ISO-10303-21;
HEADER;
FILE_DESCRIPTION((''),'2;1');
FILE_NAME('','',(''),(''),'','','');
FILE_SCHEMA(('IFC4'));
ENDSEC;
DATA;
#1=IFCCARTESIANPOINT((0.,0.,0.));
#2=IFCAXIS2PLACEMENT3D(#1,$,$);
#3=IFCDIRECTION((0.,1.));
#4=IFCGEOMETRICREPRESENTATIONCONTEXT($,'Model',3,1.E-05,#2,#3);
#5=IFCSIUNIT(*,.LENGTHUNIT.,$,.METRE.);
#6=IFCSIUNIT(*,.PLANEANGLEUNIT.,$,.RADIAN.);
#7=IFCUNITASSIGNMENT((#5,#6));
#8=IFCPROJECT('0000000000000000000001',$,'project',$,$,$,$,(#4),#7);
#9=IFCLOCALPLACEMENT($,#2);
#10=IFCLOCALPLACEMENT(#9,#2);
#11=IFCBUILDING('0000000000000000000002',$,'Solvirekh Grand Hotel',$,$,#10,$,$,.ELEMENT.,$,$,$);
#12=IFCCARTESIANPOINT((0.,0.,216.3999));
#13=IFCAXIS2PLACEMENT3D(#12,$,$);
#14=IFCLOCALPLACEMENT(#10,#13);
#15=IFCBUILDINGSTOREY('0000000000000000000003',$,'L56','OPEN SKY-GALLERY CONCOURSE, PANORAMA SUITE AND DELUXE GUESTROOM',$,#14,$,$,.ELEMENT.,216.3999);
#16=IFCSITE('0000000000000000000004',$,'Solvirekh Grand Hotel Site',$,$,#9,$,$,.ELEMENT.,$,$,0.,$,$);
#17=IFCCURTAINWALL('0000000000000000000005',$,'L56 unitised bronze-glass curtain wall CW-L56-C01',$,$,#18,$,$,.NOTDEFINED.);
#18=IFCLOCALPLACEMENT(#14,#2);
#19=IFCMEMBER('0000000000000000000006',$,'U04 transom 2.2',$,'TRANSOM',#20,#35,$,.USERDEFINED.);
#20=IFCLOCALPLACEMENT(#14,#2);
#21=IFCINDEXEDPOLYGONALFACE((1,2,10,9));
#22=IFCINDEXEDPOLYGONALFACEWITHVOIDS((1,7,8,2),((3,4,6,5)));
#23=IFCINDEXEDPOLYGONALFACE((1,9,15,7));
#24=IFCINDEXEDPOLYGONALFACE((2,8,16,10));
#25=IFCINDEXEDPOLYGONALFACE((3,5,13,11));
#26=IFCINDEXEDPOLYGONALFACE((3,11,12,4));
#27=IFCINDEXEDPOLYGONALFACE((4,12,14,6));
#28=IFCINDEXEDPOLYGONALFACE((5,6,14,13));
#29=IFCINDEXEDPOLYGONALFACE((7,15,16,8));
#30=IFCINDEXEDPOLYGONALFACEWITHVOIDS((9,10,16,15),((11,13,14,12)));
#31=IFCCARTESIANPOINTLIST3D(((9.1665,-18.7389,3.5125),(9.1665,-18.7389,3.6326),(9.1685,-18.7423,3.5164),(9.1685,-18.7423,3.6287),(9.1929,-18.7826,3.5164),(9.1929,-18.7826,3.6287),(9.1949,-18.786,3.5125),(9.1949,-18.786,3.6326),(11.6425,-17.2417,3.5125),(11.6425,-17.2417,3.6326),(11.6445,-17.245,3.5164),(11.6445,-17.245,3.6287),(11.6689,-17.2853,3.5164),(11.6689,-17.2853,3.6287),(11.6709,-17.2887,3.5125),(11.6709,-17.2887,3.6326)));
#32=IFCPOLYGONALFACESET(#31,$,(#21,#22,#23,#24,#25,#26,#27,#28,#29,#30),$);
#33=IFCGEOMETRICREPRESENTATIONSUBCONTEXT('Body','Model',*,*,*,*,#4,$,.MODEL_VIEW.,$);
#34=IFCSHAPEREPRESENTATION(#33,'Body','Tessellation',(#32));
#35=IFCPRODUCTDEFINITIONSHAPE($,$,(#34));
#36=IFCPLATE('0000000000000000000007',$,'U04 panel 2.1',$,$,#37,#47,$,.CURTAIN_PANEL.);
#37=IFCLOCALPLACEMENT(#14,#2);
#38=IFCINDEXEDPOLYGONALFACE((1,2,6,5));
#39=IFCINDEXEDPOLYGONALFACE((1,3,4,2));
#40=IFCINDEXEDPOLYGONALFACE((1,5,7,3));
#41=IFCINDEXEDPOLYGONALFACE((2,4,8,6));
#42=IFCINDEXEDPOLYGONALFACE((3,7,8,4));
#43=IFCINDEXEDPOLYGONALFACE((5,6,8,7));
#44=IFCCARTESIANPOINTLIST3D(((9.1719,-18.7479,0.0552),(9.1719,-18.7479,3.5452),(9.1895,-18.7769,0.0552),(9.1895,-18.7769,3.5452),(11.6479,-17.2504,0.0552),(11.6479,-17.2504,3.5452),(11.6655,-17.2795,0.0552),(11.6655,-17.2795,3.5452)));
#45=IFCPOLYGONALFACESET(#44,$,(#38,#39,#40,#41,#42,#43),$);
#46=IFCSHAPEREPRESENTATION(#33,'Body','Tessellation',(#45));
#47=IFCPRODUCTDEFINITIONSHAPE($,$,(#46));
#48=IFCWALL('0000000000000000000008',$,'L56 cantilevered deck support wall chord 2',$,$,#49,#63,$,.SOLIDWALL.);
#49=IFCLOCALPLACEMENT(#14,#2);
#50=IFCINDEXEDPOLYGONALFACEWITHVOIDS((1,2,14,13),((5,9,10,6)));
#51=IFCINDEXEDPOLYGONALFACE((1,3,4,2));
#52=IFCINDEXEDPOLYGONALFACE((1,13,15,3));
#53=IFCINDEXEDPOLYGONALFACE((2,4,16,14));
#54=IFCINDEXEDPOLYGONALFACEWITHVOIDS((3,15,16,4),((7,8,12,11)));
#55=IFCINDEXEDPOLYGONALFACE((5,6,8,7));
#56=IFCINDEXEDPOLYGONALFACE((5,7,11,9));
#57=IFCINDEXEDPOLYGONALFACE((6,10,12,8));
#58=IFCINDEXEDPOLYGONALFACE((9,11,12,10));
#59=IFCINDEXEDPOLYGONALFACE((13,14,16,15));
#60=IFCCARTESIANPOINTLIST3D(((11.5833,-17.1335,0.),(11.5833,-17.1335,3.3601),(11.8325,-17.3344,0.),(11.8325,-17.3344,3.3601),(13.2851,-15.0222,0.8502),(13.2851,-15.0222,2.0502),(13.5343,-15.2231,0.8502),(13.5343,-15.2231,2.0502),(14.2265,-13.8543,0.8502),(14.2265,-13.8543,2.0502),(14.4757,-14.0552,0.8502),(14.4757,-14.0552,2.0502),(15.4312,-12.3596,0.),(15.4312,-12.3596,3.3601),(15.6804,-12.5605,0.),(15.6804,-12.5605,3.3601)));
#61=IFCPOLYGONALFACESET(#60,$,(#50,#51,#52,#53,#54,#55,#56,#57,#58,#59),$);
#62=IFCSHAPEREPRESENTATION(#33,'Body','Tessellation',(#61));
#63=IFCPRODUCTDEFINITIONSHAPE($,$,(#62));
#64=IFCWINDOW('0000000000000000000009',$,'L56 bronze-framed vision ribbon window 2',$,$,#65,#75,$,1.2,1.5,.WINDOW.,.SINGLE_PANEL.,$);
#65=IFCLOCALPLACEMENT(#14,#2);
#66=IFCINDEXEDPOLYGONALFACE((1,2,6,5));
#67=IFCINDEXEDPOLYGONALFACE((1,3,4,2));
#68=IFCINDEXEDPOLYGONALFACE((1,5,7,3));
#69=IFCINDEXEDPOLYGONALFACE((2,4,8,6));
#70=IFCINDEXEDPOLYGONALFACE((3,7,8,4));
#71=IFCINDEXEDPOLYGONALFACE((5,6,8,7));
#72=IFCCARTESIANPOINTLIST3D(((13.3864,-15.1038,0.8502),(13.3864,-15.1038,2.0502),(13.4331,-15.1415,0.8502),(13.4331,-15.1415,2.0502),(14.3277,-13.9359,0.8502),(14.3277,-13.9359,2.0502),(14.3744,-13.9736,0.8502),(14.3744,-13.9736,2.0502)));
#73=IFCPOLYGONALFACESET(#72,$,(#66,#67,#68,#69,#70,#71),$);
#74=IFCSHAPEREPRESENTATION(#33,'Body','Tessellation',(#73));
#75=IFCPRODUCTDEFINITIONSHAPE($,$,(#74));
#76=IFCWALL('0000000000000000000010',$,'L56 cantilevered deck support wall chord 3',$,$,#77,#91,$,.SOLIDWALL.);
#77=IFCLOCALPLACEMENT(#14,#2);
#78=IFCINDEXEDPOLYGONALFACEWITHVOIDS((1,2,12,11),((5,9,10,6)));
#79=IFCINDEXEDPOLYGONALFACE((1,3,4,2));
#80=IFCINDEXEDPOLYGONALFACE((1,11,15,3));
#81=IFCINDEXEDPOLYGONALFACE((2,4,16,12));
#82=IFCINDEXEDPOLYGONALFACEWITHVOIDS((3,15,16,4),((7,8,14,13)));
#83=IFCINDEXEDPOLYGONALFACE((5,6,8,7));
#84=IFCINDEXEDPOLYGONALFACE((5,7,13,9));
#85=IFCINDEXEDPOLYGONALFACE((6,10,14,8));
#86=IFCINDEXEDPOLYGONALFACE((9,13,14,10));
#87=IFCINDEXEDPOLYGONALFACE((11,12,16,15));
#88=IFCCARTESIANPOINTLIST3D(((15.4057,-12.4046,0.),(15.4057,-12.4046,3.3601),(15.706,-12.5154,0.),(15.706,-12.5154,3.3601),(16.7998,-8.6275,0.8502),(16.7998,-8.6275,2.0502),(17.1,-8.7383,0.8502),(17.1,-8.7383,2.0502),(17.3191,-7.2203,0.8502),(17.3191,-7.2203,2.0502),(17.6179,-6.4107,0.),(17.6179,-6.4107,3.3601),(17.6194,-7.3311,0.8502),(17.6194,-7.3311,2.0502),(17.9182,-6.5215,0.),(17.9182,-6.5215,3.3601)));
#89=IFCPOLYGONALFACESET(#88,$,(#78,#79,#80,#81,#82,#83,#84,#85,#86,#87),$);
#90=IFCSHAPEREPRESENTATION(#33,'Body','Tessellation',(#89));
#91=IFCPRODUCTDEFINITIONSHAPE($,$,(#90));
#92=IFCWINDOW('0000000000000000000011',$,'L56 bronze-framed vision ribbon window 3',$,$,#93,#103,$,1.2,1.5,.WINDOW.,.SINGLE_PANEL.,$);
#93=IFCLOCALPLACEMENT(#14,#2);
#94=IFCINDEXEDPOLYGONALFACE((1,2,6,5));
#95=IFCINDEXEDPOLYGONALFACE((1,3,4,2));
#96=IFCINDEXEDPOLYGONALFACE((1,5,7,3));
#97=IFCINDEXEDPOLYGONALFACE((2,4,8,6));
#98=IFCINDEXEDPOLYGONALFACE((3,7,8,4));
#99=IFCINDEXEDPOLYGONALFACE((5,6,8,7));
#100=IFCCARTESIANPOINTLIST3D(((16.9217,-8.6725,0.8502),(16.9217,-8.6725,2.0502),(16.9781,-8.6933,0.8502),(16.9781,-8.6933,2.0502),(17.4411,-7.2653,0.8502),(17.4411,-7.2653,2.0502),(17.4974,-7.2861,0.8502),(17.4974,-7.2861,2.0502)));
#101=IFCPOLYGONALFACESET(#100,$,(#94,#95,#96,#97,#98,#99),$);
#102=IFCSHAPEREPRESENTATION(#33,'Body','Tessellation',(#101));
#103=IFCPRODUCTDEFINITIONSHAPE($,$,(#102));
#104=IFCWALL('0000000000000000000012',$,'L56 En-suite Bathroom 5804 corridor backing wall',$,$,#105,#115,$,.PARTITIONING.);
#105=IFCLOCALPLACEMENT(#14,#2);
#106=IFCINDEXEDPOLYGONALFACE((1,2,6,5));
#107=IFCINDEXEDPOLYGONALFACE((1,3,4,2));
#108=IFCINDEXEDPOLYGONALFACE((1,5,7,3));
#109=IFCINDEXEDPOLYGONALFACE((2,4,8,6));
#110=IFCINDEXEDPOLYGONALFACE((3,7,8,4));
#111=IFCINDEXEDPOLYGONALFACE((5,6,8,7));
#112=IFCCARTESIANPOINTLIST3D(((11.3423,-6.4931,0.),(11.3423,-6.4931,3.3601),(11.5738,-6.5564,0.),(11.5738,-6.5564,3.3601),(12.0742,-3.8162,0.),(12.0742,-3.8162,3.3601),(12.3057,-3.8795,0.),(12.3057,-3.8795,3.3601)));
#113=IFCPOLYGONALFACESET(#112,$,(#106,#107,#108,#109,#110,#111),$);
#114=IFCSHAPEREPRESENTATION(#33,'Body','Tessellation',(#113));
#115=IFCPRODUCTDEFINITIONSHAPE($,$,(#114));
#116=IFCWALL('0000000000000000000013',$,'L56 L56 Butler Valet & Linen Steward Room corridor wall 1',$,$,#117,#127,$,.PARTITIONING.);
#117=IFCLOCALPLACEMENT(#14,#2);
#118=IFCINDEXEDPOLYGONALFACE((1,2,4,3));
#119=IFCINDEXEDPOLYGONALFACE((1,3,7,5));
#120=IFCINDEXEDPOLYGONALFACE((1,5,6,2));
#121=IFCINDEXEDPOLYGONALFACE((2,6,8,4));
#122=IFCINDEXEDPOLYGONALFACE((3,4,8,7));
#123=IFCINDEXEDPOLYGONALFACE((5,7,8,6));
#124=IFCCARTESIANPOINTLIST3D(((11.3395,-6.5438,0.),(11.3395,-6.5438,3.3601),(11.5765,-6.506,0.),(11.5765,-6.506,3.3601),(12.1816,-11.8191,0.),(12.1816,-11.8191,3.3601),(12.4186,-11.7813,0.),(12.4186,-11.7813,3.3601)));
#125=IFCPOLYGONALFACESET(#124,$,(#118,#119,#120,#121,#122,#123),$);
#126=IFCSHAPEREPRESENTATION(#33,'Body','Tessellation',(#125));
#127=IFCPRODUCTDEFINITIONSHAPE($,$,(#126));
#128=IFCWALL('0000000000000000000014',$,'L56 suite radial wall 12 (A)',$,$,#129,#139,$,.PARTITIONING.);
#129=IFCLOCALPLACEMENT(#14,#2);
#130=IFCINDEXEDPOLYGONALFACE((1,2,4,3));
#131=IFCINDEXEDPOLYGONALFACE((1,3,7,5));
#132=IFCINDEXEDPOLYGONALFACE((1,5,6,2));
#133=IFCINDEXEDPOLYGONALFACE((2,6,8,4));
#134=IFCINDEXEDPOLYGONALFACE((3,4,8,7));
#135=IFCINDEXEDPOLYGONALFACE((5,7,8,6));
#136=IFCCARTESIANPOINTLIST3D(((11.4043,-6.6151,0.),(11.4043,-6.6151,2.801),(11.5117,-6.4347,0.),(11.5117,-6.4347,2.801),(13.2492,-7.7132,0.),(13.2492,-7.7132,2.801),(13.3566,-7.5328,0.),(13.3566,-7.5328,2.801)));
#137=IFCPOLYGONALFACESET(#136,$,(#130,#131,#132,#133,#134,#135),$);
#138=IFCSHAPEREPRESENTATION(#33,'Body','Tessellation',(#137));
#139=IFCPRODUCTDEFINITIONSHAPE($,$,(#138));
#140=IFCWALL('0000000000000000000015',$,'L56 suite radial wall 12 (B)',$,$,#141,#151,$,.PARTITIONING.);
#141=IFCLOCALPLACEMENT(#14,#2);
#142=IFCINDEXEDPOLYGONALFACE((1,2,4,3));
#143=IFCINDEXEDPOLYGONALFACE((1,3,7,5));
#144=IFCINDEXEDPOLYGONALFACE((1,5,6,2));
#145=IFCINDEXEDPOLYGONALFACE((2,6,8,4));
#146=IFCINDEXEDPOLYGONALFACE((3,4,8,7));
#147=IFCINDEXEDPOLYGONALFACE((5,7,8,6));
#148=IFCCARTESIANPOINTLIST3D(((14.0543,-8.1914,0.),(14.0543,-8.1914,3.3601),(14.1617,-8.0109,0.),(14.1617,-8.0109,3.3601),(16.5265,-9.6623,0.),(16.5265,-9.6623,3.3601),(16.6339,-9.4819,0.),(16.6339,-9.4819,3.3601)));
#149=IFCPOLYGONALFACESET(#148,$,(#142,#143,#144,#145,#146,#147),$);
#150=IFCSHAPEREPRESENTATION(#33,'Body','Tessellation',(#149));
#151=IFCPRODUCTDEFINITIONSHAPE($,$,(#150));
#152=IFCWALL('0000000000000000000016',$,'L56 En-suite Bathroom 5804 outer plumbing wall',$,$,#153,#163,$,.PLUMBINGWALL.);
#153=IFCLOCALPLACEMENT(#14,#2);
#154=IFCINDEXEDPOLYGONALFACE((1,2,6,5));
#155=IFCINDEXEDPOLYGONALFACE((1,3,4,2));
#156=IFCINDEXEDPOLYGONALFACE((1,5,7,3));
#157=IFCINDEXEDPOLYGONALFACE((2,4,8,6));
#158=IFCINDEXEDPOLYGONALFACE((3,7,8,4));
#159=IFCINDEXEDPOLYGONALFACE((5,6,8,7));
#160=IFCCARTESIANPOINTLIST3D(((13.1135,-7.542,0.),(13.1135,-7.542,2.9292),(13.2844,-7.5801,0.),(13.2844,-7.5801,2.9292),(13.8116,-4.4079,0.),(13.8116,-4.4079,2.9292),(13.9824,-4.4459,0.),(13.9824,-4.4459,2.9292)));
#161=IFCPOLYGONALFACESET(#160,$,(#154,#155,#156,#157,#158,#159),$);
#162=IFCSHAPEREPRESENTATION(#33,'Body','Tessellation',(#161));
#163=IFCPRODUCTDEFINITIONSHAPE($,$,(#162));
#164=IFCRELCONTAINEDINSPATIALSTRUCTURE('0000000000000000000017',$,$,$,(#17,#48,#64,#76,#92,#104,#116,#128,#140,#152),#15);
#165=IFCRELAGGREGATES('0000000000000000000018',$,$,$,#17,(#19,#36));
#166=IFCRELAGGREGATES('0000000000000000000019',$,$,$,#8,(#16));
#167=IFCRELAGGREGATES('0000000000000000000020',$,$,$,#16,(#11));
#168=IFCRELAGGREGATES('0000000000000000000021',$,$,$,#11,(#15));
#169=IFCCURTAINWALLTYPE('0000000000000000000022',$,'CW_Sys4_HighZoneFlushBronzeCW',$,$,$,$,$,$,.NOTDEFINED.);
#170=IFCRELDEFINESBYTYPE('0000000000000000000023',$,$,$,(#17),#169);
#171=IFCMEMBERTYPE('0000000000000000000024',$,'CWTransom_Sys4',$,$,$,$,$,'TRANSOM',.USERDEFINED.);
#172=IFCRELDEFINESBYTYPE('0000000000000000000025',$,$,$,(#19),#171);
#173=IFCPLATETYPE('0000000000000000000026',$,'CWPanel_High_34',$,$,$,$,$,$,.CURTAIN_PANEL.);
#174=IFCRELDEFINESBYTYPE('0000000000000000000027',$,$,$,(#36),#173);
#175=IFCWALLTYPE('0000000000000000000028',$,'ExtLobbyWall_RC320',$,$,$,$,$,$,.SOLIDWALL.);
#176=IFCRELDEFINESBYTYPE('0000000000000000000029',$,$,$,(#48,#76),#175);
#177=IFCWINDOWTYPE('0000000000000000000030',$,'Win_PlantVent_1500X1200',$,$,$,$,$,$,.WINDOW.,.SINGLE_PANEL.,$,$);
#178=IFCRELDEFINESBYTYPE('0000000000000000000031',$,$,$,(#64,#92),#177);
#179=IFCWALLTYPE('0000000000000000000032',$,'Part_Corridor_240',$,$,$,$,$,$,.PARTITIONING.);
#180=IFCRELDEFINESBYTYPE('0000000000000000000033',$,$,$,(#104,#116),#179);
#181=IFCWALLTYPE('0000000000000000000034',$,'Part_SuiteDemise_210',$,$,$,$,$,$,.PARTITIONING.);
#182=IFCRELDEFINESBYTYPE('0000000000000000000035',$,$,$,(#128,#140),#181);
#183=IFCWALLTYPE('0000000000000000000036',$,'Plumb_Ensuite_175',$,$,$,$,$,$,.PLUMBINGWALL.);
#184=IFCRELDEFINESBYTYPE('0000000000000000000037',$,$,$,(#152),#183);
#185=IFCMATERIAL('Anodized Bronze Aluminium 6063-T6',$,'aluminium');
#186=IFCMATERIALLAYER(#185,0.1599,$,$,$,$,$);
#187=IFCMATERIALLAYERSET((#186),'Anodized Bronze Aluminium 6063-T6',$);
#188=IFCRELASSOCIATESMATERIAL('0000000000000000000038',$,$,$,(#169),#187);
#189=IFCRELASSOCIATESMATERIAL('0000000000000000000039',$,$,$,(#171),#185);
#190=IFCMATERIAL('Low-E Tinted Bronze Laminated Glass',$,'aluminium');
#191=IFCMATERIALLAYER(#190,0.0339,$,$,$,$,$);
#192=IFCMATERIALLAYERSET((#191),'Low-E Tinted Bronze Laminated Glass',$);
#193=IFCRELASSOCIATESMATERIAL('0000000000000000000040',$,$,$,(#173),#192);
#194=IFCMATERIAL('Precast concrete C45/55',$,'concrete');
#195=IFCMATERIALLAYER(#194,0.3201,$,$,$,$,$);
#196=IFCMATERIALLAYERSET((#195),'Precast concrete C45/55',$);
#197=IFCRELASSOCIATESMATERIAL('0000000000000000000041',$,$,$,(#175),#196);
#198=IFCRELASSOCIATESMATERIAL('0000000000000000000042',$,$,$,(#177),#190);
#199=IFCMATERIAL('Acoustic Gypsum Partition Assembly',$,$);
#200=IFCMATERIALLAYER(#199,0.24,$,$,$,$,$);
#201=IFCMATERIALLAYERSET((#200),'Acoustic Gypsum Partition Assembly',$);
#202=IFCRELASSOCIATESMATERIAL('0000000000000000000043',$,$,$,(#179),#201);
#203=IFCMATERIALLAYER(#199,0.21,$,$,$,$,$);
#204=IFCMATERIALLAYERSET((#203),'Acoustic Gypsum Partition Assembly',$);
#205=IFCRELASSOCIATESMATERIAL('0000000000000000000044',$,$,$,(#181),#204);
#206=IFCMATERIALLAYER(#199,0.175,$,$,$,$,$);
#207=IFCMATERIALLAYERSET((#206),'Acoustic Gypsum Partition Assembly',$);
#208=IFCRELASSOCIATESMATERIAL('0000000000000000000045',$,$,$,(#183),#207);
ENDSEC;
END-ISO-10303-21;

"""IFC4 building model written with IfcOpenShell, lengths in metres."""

from ifc_helpers import new_model, si_unit, direction, frame, frame_2d, origin, origin_2d, place, context, subcontext, project, spatial, rectangle, hollow_rectangle, extrude, source, transform, mapped, material, layer, layer_set, material_profile, profile_set, type_object, element, fill, aggregate, save


model = new_model("IFC4")

# Units and contexts
model_context = context("Model", 3, precision=1e-05, world=origin(), true_north=direction((0.0, 1.0)))
body_context = subcontext(model_context, "Body", "Model", "MODEL_VIEW")
ifc_project = project(units=[si_unit("LENGTHUNIT", "METRE"), si_unit("PLANEANGLEUNIT", "RADIAN")], contexts=[model_context])

# Site, building, storey
site_placement = place(None, origin())
site = spatial("IfcSite", under=ifc_project, at=site_placement, Name="Solvirekh Grand Hotel Site", CompositionType="ELEMENT", RefElevation=0.0)
building_placement = place(site_placement, origin())
building = spatial("IfcBuilding", under=site, at=building_placement, Name="Solvirekh Grand Hotel", CompositionType="ELEMENT")
storey_placement = place(building_placement, frame((0.0, 0.0, 216.3999)))
storey = spatial("IfcBuildingStorey", under=building, at=storey_placement, Name="L56", Description="OPEN SKY-GALLERY CONCOURSE, PANORAMA SUITE AND DELUXE GUESTROOM", CompositionType="ELEMENT", Elevation=216.3999)

# Curtain wall, member, plate
ifc_material_1 = material(Name="Anodized Bronze Aluminium 6063-T6", Category="aluminium")
ifc_layer_1 = layer(ifc_material_1, 0.1599)
ifc_layer_set_1 = layer_set([ifc_layer_1], Name="Anodized Bronze Aluminium 6063-T6")
curtain_wall_type = type_object("IfcCurtainWallType", Name="CW_Sys4_HighZoneFlushBronzeCW", PredefinedType="NOTDEFINED", material=ifc_layer_set_1)
curtain_wall_placement = place(storey_placement, origin())
curtain_wall = element("IfcCurtainWall", 1, at=curtain_wall_placement, inside=storey, type_object=curtain_wall_type, Name="L56 unitised bronze-glass curtain wall CW-L56-C01", PredefinedType="NOTDEFINED")
ifc_material_profile_1 = material_profile(ifc_material_1, hollow_rectangle(XDim=0.0549, YDim=0.1201, WallThickness=0.0039, at=origin_2d()), Name="ALU RHS 120X55X4")
ifc_profile_set_1 = profile_set([ifc_material_profile_1], Name="Anodized Bronze Aluminium 6063-T6")
member_type_1 = type_object("IfcMemberType", Name="CWTransom_Sys4", ElementType="TRANSOM", PredefinedType="USERDEFINED", material=ifc_profile_set_1)
shared_shape_1 = source(origin(), body_context, "Body", "SweptSolid", [
    extrude(hollow_rectangle(XDim=0.0549, YDim=0.1201, WallThickness=0.0039, at=origin_2d()), origin(), (0.0, 0.0, 1.0), 2.8936),
])
member_1_placement = place(storey_placement, frame((9.1807, -18.7625, 3.5725), z_axis=(0.855709, 0.517458, 0.0), x_axis=(-0.517458, 0.855709, 0.0)))
member_1 = element("IfcMember", 2, at=member_1_placement, type_object=member_type_1, Name="U04 transom 2.2", ObjectType="TRANSOM", PredefinedType="USERDEFINED", context=body_context, shape_type="MappedRepresentation", body=[
    mapped(shared_shape_1, transform((0.0, 0.0, 0.0), x_axis=(1.0, 0.0, 0.0), y_axis=(0.0, 1.0, 0.0), z_axis=(0.0, 0.0, 1.0), scale=1.0)),
])
ifc_material_2 = material(Name="Low-E Tinted Bronze Laminated Glass", Category="aluminium")
ifc_layer_2 = layer(ifc_material_2, 0.0339)
ifc_layer_set_2 = layer_set([ifc_layer_2], Name="Low-E Tinted Bronze Laminated Glass")
plate_type = type_object("IfcPlateType", Name="CWPanel_High_34", PredefinedType="CURTAIN_PANEL", material=ifc_layer_set_2)
shared_shape_2 = source(origin(), body_context, "Body", "SweptSolid", [
    extrude(rectangle(XDim=2.8936, YDim=0.0339, at=origin_2d()), origin(), (0.0, 0.0, 1.0), 3.49),
])
plate_placement = place(storey_placement, frame((10.4187, -18.0137, 0.0552), z_axis=(0.0, 0.0, 1.0), x_axis=(0.855684, 0.517499, 0.0)))
plate = element("IfcPlate", 3, at=plate_placement, type_object=plate_type, Name="U04 panel 2.1", PredefinedType="CURTAIN_PANEL", context=body_context, shape_type="MappedRepresentation", body=[
    mapped(shared_shape_2, transform((0.0, 0.0, 0.0), x_axis=(1.0, 0.0, 0.0), y_axis=(0.0, 1.0, 0.0), z_axis=(0.0, 0.0, 1.0), scale=1.0)),
])
aggregate(curtain_wall, [member_1, plate])

# Walls, openings, windows
ifc_material_3 = material(Name="Precast concrete C45/55", Category="concrete")
ifc_layer_3 = layer(ifc_material_3, 0.3201)
ifc_layer_set_3 = layer_set([ifc_layer_3], Name="Precast concrete C45/55")
wall_type_1 = type_object("IfcWallType", Name="ExtLobbyWall_RC320", PredefinedType="SOLIDWALL", material=ifc_layer_set_3)
wall_1_placement = place(storey_placement, frame((15.5559, -12.46, 0.0), z_axis=(0.0, 0.0, 1.0), x_axis=(-0.627551, -0.778576, 0.0)))
wall_1 = element("IfcWall", 4, at=wall_1_placement, inside=storey, type_object=wall_type_1, Name="L56 cantilevered deck support wall chord 2", PredefinedType="SOLIDWALL", context=body_context, shape_type="SweptSolid", body=[
    extrude(rectangle(XDim=6.1316, YDim=0.3201, at=frame_2d((3.0659, 0.0))), origin(), (0.0, 0.0, 1.0), 3.3601),
])
opening_1_placement = place(wall_1_placement, frame((1.9199, 0.0, 0.8501)))
opening_1 = element("IfcOpeningElement", 5, at=opening_1_placement, cuts=wall_1, PredefinedType="OPENING", context=body_context, shape_type="SweptSolid", body=[
    extrude(rectangle(XDim=1.5, YDim=1.2, at=frame_2d((0.75, 0.6001))), frame((0.0, 0.1699, 0.0), z_axis=(0.0, -1.0, 0.0), x_axis=(1.0, 0.0, 0.0)), (0.0, 0.0, 1.0), 0.3401),
])
window_type = type_object("IfcWindowType", Name="Win_PlantVent_1500X1200", PartitioningType="SINGLE_PANEL", PredefinedType="WINDOW", material=ifc_material_2)
window_1_placement = place(opening_1_placement, origin())
window_1 = element("IfcWindow", 6, at=window_1_placement, inside=storey, type_object=window_type, Name="L56 bronze-framed vision ribbon window 2", OverallHeight=1.2, OverallWidth=1.5, PartitioningType="SINGLE_PANEL", PredefinedType="WINDOW", context=body_context, shape_type="SweptSolid", body=[
    extrude(rectangle(XDim=1.5, YDim=1.2, at=frame_2d((0.75, 0.6001))), frame((0.0, 0.03, 0.0), z_axis=(0.0, -1.0, 0.0), x_axis=(1.0, 0.0, 0.0)), (0.0, 0.0, 1.0), 0.0601),
])
fill(opening_1, window_1)
wall_2_placement = place(storey_placement, frame((17.7681, -6.4661, 0.0), z_axis=(0.0, 0.0, 1.0), x_axis=(-0.34624, -0.938146, 0.0)))
wall_2 = element("IfcWall", 7, at=wall_2_placement, inside=storey, type_object=wall_type_1, Name="L56 cantilevered deck support wall chord 3", PredefinedType="SOLIDWALL", context=body_context, shape_type="SweptSolid", body=[
    extrude(rectangle(XDim=6.3892, YDim=0.3201, at=frame_2d((3.1946, 0.0))), origin(), (0.0, 0.0, 1.0), 3.3601),
])
opening_2_placement = place(wall_2_placement, frame((0.863, 0.0, 0.8501)))
opening_2 = element("IfcOpeningElement", 8, at=opening_2_placement, cuts=wall_2, PredefinedType="OPENING", context=body_context, shape_type="SweptSolid", body=[
    extrude(rectangle(XDim=1.5, YDim=1.2, at=frame_2d((0.75, 0.6001))), frame((0.0, 0.1699, 0.0), z_axis=(0.0, -1.0, 0.0), x_axis=(1.0, 0.0, 0.0)), (0.0, 0.0, 1.0), 0.3401),
])
window_2_placement = place(opening_2_placement, origin())
window_2 = element("IfcWindow", 9, at=window_2_placement, inside=storey, type_object=window_type, Name="L56 bronze-framed vision ribbon window 3", OverallHeight=1.2, OverallWidth=1.5, PartitioningType="SINGLE_PANEL", PredefinedType="WINDOW", context=body_context, shape_type="SweptSolid", body=[
    extrude(rectangle(XDim=1.5, YDim=1.2, at=frame_2d((0.75, 0.6001))), frame((0.0, 0.03, 0.0), z_axis=(0.0, -1.0, 0.0), x_axis=(1.0, 0.0, 0.0)), (0.0, 0.0, 1.0), 0.0601),
])
fill(opening_2, window_2)

# Walls
ifc_material_4 = material(Name="Acoustic Gypsum Partition Assembly")
ifc_layer_4 = layer(ifc_material_4, 0.24)
ifc_layer_set_4 = layer_set([ifc_layer_4], Name="Acoustic Gypsum Partition Assembly")
wall_type_2 = type_object("IfcWallType", Name="Part_Corridor_240", PredefinedType="PARTITIONING", material=ifc_layer_set_4)
wall_3_placement = place(storey_placement, frame((11.458, -6.5249, 0.0), z_axis=(0.0, 0.0, 1.0), x_axis=(0.263735, 0.964595, 0.0)))
element("IfcWall", 10, at=wall_3_placement, inside=storey, type_object=wall_type_2, Name="L56 En-suite Bathroom 5804 corridor backing wall", PredefinedType="PARTITIONING", context=body_context, shape_type="SweptSolid", body=[
    extrude(rectangle(XDim=2.7751, YDim=0.24, at=frame_2d((1.3877, 0.0))), origin(), (0.0, 0.0, 1.0), 3.3601),
])
wall_4_placement = place(storey_placement, frame((12.3, -11.8, 0.0), z_axis=(0.0, 0.0, 1.0), x_axis=(-0.157629, 0.987498, 0.0)))
element("IfcWall", 11, at=wall_4_placement, inside=storey, type_object=wall_type_2, Name="L56 L56 Butler Valet & Linen Steward Room corridor wall 1", PredefinedType="PARTITIONING", context=body_context, shape_type="SweptSolid", body=[
    extrude(rectangle(XDim=5.342, YDim=0.24, at=frame_2d((2.6709, 0.0))), origin(), (0.0, 0.0, 1.0), 3.3601),
])
ifc_layer_5 = layer(ifc_material_4, 0.21)
ifc_layer_set_5 = layer_set([ifc_layer_5], Name="Acoustic Gypsum Partition Assembly")
wall_type_3 = type_object("IfcWallType", Name="Part_SuiteDemise_210", PredefinedType="PARTITIONING", material=ifc_layer_set_5)
wall_5_placement = place(storey_placement, frame((11.458, -6.5249, 0.0), z_axis=(0.0, 0.0, 1.0), x_axis=(0.859304, -0.511466, 0.0)))
element("IfcWall", 12, at=wall_5_placement, inside=storey, type_object=wall_type_3, Name="L56 suite radial wall 12 (A)", PredefinedType="PARTITIONING", context=body_context, shape_type="SweptSolid", body=[
    extrude(rectangle(XDim=2.147, YDim=0.21, at=frame_2d((1.0735, 0.0))), origin(), (0.0, 0.0, 1.0), 2.801),
])
wall_6_placement = place(storey_placement, frame((14.1079, -8.1011, 0.0), z_axis=(0.0, 0.0, 1.0), x_axis=(0.859382, -0.511335, 0.0)))
element("IfcWall", 13, at=wall_6_placement, inside=storey, type_object=wall_type_3, Name="L56 suite radial wall 12 (B)", PredefinedType="PARTITIONING", context=body_context, shape_type="SweptSolid", body=[
    extrude(rectangle(XDim=2.8767, YDim=0.21, at=frame_2d((1.4385, 0.0))), origin(), (0.0, 0.0, 1.0), 3.3601),
])
ifc_layer_6 = layer(ifc_material_4, 0.175)
ifc_layer_set_6 = layer_set([ifc_layer_6], Name="Acoustic Gypsum Partition Assembly")
wall_type_4 = type_object("IfcWallType", Name="Plumb_Ensuite_175", PredefinedType="PLUMBINGWALL", material=ifc_layer_set_6)
wall_7_placement = place(storey_placement, frame((13.199, -7.561, 0.0), z_axis=(0.0, 0.0, 1.0), x_axis=(0.217389, 0.976085, 0.0)))
element("IfcWall", 14, at=wall_7_placement, inside=storey, type_object=wall_type_4, Name="L56 En-suite Bathroom 5804 outer plumbing wall", PredefinedType="PLUMBINGWALL", context=body_context, shape_type="SweptSolid", body=[
    extrude(rectangle(XDim=3.2109, YDim=0.175, at=frame_2d((1.6055, 0.0))), origin(), (0.0, 0.0, 1.0), 2.9292),
])

save(model, "model.ifc")
